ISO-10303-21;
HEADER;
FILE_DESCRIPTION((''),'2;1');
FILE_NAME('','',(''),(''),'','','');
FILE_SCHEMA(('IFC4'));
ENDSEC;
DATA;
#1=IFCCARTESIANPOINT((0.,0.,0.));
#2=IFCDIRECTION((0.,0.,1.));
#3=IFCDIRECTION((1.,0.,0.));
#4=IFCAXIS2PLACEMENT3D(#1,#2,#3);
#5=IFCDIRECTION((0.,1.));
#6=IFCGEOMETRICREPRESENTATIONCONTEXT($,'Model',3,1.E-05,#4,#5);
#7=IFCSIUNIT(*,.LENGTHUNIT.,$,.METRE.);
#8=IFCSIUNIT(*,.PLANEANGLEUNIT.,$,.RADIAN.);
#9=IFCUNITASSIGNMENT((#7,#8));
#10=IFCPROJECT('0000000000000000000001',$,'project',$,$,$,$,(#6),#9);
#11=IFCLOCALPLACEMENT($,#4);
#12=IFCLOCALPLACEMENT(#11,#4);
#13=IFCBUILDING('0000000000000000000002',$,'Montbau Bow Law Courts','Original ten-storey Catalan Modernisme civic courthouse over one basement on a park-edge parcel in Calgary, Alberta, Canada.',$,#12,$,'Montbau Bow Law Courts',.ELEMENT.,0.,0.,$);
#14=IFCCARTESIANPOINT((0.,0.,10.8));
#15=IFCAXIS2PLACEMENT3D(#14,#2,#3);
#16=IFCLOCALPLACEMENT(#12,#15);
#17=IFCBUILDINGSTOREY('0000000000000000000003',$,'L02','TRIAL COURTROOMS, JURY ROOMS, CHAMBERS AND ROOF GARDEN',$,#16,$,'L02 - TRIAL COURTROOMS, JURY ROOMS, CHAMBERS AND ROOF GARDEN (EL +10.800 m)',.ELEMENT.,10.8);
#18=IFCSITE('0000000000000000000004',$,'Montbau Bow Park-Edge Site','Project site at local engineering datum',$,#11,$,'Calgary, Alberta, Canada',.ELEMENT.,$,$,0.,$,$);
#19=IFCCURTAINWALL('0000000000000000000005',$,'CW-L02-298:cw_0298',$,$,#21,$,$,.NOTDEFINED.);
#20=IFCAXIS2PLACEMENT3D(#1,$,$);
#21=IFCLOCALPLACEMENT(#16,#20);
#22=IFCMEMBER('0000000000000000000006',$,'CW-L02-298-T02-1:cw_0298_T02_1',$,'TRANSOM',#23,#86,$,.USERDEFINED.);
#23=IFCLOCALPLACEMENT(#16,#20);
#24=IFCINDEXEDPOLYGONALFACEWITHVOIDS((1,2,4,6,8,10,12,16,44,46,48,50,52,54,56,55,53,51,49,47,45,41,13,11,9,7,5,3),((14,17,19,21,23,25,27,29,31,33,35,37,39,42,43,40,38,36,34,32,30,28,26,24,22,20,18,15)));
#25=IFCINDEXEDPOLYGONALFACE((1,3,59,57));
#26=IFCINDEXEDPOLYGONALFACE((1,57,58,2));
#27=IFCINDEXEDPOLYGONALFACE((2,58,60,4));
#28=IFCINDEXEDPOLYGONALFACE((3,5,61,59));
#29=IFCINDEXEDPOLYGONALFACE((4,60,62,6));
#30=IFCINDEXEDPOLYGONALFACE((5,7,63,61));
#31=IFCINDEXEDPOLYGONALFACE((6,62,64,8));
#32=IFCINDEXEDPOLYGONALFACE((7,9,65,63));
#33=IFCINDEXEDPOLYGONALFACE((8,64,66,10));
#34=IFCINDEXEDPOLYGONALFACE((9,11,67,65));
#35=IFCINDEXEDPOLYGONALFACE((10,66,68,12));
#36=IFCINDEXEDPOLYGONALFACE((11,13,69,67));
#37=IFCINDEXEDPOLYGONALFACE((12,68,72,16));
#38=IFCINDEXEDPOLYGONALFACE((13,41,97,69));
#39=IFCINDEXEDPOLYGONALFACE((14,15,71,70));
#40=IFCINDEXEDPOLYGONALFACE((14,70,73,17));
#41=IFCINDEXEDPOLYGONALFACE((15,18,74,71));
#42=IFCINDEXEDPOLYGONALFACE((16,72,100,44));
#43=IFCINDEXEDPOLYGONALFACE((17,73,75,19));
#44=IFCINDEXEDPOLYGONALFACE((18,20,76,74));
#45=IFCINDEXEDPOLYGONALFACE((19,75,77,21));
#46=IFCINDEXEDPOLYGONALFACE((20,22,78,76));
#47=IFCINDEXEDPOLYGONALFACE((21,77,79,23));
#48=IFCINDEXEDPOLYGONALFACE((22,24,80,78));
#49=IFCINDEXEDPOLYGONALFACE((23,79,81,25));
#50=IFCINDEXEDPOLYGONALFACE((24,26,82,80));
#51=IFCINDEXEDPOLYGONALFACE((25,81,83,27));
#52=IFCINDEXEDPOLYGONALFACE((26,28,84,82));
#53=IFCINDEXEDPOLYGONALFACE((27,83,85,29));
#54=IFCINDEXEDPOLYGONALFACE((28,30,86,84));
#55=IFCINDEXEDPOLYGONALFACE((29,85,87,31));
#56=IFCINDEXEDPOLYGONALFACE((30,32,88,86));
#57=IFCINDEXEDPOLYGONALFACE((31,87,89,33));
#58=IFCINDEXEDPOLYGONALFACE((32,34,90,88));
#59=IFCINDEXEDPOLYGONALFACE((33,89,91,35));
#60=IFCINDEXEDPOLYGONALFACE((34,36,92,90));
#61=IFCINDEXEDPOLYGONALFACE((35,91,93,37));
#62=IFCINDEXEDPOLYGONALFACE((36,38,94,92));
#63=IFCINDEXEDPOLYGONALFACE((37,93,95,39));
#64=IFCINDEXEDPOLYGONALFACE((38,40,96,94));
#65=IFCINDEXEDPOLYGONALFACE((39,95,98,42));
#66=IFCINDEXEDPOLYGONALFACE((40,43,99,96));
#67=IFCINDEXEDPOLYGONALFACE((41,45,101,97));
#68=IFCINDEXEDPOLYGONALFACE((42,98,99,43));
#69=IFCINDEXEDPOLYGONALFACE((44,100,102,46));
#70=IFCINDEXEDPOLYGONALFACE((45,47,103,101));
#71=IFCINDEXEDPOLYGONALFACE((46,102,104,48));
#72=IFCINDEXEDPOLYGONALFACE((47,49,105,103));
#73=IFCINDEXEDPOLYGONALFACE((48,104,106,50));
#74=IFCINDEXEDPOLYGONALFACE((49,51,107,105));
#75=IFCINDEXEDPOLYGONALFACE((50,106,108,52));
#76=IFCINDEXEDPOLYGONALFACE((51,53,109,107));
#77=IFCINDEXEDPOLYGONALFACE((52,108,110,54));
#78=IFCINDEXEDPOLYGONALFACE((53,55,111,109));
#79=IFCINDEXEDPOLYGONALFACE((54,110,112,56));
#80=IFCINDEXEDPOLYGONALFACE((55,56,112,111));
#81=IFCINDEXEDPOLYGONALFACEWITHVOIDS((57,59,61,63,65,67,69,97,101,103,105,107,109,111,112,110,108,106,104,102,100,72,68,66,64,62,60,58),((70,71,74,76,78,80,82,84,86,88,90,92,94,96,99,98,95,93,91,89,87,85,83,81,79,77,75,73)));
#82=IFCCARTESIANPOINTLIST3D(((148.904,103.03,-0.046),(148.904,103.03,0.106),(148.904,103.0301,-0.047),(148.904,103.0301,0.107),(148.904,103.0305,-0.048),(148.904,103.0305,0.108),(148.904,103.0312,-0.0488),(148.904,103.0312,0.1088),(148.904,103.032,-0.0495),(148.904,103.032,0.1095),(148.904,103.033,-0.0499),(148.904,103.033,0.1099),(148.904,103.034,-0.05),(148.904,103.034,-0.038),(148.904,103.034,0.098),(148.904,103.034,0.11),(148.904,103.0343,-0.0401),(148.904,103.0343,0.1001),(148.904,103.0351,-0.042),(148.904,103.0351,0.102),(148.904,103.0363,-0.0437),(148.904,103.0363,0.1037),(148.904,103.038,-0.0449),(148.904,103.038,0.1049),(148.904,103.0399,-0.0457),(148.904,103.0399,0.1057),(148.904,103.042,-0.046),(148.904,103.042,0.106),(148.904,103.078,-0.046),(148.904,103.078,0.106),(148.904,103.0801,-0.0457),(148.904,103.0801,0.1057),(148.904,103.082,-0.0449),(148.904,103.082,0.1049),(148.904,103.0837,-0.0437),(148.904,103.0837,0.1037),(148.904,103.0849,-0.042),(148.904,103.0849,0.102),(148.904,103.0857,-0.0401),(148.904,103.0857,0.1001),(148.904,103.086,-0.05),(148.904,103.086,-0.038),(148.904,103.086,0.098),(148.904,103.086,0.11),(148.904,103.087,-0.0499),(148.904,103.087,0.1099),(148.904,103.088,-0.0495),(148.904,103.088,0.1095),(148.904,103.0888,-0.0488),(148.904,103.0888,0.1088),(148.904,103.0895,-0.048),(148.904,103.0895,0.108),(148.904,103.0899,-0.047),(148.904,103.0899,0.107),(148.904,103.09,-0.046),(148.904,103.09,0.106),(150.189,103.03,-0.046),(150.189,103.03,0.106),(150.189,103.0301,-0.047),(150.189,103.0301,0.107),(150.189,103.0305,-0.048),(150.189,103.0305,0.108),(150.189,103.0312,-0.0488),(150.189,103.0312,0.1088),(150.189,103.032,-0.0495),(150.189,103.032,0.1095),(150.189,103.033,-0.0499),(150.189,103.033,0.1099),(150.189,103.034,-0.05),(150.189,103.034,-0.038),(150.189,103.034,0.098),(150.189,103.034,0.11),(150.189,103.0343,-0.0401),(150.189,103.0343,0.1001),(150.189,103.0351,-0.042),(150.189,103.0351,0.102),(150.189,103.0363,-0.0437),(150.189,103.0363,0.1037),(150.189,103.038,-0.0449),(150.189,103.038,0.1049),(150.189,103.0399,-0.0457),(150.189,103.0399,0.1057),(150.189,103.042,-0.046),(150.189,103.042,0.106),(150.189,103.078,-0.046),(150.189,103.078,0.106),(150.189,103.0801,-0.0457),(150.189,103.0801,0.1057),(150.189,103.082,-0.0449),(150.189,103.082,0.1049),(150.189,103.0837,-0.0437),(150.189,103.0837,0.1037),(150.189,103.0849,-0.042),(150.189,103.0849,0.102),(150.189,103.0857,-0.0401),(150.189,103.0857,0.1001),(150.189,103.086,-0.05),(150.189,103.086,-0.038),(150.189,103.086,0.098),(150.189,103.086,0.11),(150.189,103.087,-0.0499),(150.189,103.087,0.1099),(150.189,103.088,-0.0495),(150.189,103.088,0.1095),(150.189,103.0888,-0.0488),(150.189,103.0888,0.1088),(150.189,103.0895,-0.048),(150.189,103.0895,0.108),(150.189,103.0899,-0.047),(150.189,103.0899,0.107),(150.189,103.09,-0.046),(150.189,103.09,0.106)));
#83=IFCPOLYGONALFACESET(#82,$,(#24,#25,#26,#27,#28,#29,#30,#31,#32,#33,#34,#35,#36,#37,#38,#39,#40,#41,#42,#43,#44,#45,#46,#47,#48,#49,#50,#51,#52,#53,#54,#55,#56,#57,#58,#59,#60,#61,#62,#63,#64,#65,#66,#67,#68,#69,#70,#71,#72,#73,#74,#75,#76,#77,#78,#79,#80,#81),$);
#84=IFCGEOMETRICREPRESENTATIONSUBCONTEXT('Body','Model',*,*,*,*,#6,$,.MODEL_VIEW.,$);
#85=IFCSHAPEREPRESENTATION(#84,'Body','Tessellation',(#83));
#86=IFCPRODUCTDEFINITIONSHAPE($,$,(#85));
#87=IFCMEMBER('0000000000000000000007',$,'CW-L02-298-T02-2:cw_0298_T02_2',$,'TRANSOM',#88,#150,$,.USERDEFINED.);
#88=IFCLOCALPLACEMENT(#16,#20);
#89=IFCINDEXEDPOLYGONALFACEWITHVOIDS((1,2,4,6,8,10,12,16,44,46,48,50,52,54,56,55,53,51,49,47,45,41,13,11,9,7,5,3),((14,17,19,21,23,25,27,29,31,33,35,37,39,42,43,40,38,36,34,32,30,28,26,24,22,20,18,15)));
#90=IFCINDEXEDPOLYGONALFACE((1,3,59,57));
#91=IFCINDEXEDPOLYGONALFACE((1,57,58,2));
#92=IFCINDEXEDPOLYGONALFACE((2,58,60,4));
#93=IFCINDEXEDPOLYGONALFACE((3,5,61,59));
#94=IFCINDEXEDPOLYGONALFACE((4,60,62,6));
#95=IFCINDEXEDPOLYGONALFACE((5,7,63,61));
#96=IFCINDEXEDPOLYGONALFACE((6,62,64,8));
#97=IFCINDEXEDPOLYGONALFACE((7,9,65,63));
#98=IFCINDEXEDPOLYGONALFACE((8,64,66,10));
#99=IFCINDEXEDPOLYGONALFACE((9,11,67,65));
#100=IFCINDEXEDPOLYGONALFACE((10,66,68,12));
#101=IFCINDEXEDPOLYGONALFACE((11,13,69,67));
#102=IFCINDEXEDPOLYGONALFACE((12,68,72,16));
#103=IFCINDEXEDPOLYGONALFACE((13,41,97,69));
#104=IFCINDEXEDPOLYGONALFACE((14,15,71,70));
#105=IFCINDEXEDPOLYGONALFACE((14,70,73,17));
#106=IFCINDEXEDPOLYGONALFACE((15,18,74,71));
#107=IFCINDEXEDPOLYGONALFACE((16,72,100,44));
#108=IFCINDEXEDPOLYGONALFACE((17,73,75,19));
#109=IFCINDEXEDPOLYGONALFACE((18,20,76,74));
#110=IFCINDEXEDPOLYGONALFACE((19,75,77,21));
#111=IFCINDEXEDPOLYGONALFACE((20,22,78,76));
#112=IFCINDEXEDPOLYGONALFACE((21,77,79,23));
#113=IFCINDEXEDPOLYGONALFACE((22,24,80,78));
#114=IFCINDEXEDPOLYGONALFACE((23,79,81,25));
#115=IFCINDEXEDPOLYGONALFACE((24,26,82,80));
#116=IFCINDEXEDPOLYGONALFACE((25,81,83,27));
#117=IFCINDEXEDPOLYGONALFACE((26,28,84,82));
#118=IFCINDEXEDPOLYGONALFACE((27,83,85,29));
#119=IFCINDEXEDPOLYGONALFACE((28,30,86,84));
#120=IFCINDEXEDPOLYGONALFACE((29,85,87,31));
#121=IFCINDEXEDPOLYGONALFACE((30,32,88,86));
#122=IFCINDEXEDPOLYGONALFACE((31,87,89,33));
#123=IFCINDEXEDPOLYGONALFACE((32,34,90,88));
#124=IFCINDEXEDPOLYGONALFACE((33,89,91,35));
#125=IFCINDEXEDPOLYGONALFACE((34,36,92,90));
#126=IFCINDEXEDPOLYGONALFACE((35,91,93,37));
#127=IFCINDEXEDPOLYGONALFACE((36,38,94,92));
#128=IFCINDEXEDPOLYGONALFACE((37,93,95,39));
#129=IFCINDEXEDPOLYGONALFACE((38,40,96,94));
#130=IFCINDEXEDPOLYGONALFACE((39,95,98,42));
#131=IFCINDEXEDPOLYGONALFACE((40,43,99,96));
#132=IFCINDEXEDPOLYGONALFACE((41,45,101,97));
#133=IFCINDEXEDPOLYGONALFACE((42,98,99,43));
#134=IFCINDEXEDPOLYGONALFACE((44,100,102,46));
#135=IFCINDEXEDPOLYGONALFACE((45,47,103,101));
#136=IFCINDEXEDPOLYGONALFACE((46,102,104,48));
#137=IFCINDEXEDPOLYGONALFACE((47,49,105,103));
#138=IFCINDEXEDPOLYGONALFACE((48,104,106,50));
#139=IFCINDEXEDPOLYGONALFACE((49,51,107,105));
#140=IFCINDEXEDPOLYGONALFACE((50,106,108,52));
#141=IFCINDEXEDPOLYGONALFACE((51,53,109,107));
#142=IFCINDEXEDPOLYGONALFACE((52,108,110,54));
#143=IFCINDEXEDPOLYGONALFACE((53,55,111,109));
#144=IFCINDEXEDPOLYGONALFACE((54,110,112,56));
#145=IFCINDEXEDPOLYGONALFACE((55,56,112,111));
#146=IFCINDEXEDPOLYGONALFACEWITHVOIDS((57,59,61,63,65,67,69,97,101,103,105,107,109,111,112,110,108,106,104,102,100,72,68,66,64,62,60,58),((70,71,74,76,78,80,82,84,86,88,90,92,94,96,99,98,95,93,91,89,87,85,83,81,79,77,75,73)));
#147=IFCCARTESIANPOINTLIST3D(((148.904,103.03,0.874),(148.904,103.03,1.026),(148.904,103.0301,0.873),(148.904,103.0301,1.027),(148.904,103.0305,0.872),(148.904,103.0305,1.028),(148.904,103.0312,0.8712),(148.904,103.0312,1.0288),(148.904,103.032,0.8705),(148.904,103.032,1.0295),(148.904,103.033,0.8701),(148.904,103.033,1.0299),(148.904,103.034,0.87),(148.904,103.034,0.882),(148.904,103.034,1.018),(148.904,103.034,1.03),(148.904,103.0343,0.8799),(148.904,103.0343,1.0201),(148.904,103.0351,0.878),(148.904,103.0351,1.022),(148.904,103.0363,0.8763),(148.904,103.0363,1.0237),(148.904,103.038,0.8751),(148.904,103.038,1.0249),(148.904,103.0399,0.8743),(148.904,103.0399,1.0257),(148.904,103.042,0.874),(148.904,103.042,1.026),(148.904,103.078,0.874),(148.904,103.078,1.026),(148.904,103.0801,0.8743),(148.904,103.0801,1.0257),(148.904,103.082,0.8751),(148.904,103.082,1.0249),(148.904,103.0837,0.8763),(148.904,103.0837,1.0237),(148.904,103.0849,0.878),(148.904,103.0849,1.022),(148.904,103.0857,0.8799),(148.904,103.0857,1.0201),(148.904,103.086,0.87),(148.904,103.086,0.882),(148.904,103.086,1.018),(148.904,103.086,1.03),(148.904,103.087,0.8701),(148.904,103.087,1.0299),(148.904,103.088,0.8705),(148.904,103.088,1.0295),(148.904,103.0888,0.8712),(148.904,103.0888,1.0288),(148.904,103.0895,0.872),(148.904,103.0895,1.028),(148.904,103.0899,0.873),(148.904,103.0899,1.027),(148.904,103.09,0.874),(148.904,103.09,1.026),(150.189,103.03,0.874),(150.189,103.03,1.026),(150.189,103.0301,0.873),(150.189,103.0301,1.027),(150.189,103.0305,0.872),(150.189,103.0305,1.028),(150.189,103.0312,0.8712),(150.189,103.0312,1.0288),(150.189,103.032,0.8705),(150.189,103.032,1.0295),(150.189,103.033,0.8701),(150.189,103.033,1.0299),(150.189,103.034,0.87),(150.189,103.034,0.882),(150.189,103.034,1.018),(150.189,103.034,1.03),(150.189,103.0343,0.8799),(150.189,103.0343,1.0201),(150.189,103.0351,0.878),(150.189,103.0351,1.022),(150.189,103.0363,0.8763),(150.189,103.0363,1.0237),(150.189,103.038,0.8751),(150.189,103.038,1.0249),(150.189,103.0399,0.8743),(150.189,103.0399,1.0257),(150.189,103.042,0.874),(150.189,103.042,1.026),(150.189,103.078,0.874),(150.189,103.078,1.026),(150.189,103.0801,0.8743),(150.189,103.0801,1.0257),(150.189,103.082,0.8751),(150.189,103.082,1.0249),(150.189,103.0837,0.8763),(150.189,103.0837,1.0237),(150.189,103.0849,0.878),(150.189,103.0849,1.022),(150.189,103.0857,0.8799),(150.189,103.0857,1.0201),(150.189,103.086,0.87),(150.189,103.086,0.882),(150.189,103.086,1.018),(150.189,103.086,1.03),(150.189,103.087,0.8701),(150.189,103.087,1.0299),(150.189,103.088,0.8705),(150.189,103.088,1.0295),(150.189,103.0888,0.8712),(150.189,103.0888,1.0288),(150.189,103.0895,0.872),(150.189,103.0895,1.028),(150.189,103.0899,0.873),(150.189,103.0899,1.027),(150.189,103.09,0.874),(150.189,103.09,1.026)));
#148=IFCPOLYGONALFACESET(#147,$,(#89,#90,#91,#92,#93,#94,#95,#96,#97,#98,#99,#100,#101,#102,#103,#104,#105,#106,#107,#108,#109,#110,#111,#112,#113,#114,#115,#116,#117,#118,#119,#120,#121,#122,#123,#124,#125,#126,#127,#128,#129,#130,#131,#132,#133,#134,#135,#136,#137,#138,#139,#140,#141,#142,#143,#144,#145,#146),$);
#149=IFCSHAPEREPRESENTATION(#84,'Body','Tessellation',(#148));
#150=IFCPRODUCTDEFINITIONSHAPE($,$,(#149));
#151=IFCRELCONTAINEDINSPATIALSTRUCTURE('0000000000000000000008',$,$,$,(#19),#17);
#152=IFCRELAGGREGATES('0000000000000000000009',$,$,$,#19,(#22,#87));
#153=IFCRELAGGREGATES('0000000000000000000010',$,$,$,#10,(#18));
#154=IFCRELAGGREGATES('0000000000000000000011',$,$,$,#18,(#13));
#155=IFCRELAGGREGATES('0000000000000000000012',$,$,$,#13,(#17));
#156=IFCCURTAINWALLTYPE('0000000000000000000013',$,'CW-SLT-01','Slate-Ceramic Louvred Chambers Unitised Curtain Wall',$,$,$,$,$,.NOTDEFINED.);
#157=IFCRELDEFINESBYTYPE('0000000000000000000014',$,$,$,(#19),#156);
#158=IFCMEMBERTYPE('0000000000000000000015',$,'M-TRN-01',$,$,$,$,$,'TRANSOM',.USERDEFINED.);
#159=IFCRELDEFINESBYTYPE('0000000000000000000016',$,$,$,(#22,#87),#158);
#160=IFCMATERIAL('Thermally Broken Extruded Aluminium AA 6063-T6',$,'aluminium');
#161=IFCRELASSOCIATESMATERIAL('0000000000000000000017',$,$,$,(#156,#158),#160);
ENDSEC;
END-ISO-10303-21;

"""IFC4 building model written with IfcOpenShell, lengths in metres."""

from ifc_helpers import new_model, si_unit, direction, frame, origin_with_axes, origin_2d_with_axis, place, context, subcontext, project, spatial, hollow_rectangle, extrude, material, material_profile, profile_set, type_object, element, aggregate, save


model = new_model("IFC4")

# Units and contexts
model_context = context("Model", 3, precision=1e-05, world=origin_with_axes(), true_north=direction((0.0, 1.0)))
body_context = subcontext(model_context, "Body", "Model", "MODEL_VIEW")
ifc_project = project(units=[si_unit("LENGTHUNIT", "METRE"), si_unit("PLANEANGLEUNIT", "RADIAN")], contexts=[model_context])

# Site, building, storey
site_placement = place(None, origin_with_axes())
site = spatial("IfcSite", under=ifc_project, at=site_placement, Name="Montbau Bow Park-Edge Site", Description="Project site at local engineering datum", LongName="Calgary, Alberta, Canada", CompositionType="ELEMENT", RefElevation=0.0)
building_placement = place(site_placement, origin_with_axes())
building = spatial("IfcBuilding", under=site, at=building_placement, Name="Montbau Bow Law Courts", Description="Original ten-storey Catalan Modernisme civic courthouse over one basement on a park-edge parcel in Calgary, Alberta, Canada.", LongName="Montbau Bow Law Courts", CompositionType="ELEMENT", ElevationOfRefHeight=0.0, ElevationOfTerrain=0.0)
storey_placement = place(building_placement, frame((0.0, 0.0, 10.8), z_axis=(0.0, 0.0, 1.0), x_axis=(1.0, 0.0, 0.0)))
storey = spatial("IfcBuildingStorey", under=building, at=storey_placement, Name="L02", Description="TRIAL COURTROOMS, JURY ROOMS, CHAMBERS AND ROOF GARDEN", LongName="L02 - TRIAL COURTROOMS, JURY ROOMS, CHAMBERS AND ROOF GARDEN (EL +10.800 m)", CompositionType="ELEMENT", Elevation=10.8)

# Curtain wall, members
ifc_material_1 = material(Name="Thermally Broken Extruded Aluminium AA 6063-T6", Category="aluminium")
curtain_wall_type = type_object("IfcCurtainWallType", Name="CW-SLT-01", Description="Slate-Ceramic Louvred Chambers Unitised Curtain Wall", PredefinedType="NOTDEFINED", material=ifc_material_1)
curtain_wall_1_placement = place(None, frame((147.515, 103.06, 10.8), z_axis=(0.0, 0.0, 1.0), x_axis=(1.0, 0.0, 0.0)))
curtain_wall_1 = element("IfcCurtainWall", 1, at=curtain_wall_1_placement, inside=storey, type_object=curtain_wall_type, Name="CW-L02-298:cw_0298", PredefinedType="NOTDEFINED")
ifc_material_profile_1 = material_profile(ifc_material_1, hollow_rectangle(XDim=0.06, YDim=0.16, WallThickness=0.004, InnerFilletRadius=0.008, OuterFilletRadius=0.004, at=origin_2d_with_axis()), Name="CWT-160X60", Category="Main", Priority=0)
ifc_profile_set_1 = profile_set([ifc_material_profile_1], Name="Thermally Broken Extruded Aluminium AA 6063-T6")
member_type_1 = type_object("IfcMemberType", Name="M-TRN-01", ElementType="TRANSOM", PredefinedType="USERDEFINED", material=ifc_profile_set_1)
member_1_placement = place(None, frame((148.904, 103.06, 10.83), z_axis=(1.0, 0.0, 0.0), x_axis=(0.0, 1.0, 0.0)))
member_1 = element("IfcMember", 2, at=member_1_placement, type_object=member_type_1, Name="CW-L02-298-T02-1:cw_0298_T02_1", ObjectType="TRANSOM", PredefinedType="USERDEFINED", context=body_context, shape_type="SweptSolid", body=[
    extrude(hollow_rectangle(XDim=0.06, YDim=0.16, WallThickness=0.004, InnerFilletRadius=0.008, OuterFilletRadius=0.004, at=origin_2d_with_axis()), origin_with_axes(), (0.0, 0.0, 1.0), 1.285),
])
member_2_placement = place(None, frame((148.904, 103.06, 11.75), z_axis=(1.0, 0.0, 0.0), x_axis=(0.0, 1.0, 0.0)))
member_2 = element("IfcMember", 3, at=member_2_placement, type_object=member_type_1, Name="CW-L02-298-T02-2:cw_0298_T02_2", ObjectType="TRANSOM", PredefinedType="USERDEFINED", context=body_context, shape_type="SweptSolid", body=[
    extrude(hollow_rectangle(XDim=0.06, YDim=0.16, WallThickness=0.004, InnerFilletRadius=0.008, OuterFilletRadius=0.004, at=origin_2d_with_axis()), origin_with_axes(), (0.0, 0.0, 1.0), 1.285),
])

aggregate(curtain_wall_1, [member_1, member_2])

save(model, "model.ifc")
